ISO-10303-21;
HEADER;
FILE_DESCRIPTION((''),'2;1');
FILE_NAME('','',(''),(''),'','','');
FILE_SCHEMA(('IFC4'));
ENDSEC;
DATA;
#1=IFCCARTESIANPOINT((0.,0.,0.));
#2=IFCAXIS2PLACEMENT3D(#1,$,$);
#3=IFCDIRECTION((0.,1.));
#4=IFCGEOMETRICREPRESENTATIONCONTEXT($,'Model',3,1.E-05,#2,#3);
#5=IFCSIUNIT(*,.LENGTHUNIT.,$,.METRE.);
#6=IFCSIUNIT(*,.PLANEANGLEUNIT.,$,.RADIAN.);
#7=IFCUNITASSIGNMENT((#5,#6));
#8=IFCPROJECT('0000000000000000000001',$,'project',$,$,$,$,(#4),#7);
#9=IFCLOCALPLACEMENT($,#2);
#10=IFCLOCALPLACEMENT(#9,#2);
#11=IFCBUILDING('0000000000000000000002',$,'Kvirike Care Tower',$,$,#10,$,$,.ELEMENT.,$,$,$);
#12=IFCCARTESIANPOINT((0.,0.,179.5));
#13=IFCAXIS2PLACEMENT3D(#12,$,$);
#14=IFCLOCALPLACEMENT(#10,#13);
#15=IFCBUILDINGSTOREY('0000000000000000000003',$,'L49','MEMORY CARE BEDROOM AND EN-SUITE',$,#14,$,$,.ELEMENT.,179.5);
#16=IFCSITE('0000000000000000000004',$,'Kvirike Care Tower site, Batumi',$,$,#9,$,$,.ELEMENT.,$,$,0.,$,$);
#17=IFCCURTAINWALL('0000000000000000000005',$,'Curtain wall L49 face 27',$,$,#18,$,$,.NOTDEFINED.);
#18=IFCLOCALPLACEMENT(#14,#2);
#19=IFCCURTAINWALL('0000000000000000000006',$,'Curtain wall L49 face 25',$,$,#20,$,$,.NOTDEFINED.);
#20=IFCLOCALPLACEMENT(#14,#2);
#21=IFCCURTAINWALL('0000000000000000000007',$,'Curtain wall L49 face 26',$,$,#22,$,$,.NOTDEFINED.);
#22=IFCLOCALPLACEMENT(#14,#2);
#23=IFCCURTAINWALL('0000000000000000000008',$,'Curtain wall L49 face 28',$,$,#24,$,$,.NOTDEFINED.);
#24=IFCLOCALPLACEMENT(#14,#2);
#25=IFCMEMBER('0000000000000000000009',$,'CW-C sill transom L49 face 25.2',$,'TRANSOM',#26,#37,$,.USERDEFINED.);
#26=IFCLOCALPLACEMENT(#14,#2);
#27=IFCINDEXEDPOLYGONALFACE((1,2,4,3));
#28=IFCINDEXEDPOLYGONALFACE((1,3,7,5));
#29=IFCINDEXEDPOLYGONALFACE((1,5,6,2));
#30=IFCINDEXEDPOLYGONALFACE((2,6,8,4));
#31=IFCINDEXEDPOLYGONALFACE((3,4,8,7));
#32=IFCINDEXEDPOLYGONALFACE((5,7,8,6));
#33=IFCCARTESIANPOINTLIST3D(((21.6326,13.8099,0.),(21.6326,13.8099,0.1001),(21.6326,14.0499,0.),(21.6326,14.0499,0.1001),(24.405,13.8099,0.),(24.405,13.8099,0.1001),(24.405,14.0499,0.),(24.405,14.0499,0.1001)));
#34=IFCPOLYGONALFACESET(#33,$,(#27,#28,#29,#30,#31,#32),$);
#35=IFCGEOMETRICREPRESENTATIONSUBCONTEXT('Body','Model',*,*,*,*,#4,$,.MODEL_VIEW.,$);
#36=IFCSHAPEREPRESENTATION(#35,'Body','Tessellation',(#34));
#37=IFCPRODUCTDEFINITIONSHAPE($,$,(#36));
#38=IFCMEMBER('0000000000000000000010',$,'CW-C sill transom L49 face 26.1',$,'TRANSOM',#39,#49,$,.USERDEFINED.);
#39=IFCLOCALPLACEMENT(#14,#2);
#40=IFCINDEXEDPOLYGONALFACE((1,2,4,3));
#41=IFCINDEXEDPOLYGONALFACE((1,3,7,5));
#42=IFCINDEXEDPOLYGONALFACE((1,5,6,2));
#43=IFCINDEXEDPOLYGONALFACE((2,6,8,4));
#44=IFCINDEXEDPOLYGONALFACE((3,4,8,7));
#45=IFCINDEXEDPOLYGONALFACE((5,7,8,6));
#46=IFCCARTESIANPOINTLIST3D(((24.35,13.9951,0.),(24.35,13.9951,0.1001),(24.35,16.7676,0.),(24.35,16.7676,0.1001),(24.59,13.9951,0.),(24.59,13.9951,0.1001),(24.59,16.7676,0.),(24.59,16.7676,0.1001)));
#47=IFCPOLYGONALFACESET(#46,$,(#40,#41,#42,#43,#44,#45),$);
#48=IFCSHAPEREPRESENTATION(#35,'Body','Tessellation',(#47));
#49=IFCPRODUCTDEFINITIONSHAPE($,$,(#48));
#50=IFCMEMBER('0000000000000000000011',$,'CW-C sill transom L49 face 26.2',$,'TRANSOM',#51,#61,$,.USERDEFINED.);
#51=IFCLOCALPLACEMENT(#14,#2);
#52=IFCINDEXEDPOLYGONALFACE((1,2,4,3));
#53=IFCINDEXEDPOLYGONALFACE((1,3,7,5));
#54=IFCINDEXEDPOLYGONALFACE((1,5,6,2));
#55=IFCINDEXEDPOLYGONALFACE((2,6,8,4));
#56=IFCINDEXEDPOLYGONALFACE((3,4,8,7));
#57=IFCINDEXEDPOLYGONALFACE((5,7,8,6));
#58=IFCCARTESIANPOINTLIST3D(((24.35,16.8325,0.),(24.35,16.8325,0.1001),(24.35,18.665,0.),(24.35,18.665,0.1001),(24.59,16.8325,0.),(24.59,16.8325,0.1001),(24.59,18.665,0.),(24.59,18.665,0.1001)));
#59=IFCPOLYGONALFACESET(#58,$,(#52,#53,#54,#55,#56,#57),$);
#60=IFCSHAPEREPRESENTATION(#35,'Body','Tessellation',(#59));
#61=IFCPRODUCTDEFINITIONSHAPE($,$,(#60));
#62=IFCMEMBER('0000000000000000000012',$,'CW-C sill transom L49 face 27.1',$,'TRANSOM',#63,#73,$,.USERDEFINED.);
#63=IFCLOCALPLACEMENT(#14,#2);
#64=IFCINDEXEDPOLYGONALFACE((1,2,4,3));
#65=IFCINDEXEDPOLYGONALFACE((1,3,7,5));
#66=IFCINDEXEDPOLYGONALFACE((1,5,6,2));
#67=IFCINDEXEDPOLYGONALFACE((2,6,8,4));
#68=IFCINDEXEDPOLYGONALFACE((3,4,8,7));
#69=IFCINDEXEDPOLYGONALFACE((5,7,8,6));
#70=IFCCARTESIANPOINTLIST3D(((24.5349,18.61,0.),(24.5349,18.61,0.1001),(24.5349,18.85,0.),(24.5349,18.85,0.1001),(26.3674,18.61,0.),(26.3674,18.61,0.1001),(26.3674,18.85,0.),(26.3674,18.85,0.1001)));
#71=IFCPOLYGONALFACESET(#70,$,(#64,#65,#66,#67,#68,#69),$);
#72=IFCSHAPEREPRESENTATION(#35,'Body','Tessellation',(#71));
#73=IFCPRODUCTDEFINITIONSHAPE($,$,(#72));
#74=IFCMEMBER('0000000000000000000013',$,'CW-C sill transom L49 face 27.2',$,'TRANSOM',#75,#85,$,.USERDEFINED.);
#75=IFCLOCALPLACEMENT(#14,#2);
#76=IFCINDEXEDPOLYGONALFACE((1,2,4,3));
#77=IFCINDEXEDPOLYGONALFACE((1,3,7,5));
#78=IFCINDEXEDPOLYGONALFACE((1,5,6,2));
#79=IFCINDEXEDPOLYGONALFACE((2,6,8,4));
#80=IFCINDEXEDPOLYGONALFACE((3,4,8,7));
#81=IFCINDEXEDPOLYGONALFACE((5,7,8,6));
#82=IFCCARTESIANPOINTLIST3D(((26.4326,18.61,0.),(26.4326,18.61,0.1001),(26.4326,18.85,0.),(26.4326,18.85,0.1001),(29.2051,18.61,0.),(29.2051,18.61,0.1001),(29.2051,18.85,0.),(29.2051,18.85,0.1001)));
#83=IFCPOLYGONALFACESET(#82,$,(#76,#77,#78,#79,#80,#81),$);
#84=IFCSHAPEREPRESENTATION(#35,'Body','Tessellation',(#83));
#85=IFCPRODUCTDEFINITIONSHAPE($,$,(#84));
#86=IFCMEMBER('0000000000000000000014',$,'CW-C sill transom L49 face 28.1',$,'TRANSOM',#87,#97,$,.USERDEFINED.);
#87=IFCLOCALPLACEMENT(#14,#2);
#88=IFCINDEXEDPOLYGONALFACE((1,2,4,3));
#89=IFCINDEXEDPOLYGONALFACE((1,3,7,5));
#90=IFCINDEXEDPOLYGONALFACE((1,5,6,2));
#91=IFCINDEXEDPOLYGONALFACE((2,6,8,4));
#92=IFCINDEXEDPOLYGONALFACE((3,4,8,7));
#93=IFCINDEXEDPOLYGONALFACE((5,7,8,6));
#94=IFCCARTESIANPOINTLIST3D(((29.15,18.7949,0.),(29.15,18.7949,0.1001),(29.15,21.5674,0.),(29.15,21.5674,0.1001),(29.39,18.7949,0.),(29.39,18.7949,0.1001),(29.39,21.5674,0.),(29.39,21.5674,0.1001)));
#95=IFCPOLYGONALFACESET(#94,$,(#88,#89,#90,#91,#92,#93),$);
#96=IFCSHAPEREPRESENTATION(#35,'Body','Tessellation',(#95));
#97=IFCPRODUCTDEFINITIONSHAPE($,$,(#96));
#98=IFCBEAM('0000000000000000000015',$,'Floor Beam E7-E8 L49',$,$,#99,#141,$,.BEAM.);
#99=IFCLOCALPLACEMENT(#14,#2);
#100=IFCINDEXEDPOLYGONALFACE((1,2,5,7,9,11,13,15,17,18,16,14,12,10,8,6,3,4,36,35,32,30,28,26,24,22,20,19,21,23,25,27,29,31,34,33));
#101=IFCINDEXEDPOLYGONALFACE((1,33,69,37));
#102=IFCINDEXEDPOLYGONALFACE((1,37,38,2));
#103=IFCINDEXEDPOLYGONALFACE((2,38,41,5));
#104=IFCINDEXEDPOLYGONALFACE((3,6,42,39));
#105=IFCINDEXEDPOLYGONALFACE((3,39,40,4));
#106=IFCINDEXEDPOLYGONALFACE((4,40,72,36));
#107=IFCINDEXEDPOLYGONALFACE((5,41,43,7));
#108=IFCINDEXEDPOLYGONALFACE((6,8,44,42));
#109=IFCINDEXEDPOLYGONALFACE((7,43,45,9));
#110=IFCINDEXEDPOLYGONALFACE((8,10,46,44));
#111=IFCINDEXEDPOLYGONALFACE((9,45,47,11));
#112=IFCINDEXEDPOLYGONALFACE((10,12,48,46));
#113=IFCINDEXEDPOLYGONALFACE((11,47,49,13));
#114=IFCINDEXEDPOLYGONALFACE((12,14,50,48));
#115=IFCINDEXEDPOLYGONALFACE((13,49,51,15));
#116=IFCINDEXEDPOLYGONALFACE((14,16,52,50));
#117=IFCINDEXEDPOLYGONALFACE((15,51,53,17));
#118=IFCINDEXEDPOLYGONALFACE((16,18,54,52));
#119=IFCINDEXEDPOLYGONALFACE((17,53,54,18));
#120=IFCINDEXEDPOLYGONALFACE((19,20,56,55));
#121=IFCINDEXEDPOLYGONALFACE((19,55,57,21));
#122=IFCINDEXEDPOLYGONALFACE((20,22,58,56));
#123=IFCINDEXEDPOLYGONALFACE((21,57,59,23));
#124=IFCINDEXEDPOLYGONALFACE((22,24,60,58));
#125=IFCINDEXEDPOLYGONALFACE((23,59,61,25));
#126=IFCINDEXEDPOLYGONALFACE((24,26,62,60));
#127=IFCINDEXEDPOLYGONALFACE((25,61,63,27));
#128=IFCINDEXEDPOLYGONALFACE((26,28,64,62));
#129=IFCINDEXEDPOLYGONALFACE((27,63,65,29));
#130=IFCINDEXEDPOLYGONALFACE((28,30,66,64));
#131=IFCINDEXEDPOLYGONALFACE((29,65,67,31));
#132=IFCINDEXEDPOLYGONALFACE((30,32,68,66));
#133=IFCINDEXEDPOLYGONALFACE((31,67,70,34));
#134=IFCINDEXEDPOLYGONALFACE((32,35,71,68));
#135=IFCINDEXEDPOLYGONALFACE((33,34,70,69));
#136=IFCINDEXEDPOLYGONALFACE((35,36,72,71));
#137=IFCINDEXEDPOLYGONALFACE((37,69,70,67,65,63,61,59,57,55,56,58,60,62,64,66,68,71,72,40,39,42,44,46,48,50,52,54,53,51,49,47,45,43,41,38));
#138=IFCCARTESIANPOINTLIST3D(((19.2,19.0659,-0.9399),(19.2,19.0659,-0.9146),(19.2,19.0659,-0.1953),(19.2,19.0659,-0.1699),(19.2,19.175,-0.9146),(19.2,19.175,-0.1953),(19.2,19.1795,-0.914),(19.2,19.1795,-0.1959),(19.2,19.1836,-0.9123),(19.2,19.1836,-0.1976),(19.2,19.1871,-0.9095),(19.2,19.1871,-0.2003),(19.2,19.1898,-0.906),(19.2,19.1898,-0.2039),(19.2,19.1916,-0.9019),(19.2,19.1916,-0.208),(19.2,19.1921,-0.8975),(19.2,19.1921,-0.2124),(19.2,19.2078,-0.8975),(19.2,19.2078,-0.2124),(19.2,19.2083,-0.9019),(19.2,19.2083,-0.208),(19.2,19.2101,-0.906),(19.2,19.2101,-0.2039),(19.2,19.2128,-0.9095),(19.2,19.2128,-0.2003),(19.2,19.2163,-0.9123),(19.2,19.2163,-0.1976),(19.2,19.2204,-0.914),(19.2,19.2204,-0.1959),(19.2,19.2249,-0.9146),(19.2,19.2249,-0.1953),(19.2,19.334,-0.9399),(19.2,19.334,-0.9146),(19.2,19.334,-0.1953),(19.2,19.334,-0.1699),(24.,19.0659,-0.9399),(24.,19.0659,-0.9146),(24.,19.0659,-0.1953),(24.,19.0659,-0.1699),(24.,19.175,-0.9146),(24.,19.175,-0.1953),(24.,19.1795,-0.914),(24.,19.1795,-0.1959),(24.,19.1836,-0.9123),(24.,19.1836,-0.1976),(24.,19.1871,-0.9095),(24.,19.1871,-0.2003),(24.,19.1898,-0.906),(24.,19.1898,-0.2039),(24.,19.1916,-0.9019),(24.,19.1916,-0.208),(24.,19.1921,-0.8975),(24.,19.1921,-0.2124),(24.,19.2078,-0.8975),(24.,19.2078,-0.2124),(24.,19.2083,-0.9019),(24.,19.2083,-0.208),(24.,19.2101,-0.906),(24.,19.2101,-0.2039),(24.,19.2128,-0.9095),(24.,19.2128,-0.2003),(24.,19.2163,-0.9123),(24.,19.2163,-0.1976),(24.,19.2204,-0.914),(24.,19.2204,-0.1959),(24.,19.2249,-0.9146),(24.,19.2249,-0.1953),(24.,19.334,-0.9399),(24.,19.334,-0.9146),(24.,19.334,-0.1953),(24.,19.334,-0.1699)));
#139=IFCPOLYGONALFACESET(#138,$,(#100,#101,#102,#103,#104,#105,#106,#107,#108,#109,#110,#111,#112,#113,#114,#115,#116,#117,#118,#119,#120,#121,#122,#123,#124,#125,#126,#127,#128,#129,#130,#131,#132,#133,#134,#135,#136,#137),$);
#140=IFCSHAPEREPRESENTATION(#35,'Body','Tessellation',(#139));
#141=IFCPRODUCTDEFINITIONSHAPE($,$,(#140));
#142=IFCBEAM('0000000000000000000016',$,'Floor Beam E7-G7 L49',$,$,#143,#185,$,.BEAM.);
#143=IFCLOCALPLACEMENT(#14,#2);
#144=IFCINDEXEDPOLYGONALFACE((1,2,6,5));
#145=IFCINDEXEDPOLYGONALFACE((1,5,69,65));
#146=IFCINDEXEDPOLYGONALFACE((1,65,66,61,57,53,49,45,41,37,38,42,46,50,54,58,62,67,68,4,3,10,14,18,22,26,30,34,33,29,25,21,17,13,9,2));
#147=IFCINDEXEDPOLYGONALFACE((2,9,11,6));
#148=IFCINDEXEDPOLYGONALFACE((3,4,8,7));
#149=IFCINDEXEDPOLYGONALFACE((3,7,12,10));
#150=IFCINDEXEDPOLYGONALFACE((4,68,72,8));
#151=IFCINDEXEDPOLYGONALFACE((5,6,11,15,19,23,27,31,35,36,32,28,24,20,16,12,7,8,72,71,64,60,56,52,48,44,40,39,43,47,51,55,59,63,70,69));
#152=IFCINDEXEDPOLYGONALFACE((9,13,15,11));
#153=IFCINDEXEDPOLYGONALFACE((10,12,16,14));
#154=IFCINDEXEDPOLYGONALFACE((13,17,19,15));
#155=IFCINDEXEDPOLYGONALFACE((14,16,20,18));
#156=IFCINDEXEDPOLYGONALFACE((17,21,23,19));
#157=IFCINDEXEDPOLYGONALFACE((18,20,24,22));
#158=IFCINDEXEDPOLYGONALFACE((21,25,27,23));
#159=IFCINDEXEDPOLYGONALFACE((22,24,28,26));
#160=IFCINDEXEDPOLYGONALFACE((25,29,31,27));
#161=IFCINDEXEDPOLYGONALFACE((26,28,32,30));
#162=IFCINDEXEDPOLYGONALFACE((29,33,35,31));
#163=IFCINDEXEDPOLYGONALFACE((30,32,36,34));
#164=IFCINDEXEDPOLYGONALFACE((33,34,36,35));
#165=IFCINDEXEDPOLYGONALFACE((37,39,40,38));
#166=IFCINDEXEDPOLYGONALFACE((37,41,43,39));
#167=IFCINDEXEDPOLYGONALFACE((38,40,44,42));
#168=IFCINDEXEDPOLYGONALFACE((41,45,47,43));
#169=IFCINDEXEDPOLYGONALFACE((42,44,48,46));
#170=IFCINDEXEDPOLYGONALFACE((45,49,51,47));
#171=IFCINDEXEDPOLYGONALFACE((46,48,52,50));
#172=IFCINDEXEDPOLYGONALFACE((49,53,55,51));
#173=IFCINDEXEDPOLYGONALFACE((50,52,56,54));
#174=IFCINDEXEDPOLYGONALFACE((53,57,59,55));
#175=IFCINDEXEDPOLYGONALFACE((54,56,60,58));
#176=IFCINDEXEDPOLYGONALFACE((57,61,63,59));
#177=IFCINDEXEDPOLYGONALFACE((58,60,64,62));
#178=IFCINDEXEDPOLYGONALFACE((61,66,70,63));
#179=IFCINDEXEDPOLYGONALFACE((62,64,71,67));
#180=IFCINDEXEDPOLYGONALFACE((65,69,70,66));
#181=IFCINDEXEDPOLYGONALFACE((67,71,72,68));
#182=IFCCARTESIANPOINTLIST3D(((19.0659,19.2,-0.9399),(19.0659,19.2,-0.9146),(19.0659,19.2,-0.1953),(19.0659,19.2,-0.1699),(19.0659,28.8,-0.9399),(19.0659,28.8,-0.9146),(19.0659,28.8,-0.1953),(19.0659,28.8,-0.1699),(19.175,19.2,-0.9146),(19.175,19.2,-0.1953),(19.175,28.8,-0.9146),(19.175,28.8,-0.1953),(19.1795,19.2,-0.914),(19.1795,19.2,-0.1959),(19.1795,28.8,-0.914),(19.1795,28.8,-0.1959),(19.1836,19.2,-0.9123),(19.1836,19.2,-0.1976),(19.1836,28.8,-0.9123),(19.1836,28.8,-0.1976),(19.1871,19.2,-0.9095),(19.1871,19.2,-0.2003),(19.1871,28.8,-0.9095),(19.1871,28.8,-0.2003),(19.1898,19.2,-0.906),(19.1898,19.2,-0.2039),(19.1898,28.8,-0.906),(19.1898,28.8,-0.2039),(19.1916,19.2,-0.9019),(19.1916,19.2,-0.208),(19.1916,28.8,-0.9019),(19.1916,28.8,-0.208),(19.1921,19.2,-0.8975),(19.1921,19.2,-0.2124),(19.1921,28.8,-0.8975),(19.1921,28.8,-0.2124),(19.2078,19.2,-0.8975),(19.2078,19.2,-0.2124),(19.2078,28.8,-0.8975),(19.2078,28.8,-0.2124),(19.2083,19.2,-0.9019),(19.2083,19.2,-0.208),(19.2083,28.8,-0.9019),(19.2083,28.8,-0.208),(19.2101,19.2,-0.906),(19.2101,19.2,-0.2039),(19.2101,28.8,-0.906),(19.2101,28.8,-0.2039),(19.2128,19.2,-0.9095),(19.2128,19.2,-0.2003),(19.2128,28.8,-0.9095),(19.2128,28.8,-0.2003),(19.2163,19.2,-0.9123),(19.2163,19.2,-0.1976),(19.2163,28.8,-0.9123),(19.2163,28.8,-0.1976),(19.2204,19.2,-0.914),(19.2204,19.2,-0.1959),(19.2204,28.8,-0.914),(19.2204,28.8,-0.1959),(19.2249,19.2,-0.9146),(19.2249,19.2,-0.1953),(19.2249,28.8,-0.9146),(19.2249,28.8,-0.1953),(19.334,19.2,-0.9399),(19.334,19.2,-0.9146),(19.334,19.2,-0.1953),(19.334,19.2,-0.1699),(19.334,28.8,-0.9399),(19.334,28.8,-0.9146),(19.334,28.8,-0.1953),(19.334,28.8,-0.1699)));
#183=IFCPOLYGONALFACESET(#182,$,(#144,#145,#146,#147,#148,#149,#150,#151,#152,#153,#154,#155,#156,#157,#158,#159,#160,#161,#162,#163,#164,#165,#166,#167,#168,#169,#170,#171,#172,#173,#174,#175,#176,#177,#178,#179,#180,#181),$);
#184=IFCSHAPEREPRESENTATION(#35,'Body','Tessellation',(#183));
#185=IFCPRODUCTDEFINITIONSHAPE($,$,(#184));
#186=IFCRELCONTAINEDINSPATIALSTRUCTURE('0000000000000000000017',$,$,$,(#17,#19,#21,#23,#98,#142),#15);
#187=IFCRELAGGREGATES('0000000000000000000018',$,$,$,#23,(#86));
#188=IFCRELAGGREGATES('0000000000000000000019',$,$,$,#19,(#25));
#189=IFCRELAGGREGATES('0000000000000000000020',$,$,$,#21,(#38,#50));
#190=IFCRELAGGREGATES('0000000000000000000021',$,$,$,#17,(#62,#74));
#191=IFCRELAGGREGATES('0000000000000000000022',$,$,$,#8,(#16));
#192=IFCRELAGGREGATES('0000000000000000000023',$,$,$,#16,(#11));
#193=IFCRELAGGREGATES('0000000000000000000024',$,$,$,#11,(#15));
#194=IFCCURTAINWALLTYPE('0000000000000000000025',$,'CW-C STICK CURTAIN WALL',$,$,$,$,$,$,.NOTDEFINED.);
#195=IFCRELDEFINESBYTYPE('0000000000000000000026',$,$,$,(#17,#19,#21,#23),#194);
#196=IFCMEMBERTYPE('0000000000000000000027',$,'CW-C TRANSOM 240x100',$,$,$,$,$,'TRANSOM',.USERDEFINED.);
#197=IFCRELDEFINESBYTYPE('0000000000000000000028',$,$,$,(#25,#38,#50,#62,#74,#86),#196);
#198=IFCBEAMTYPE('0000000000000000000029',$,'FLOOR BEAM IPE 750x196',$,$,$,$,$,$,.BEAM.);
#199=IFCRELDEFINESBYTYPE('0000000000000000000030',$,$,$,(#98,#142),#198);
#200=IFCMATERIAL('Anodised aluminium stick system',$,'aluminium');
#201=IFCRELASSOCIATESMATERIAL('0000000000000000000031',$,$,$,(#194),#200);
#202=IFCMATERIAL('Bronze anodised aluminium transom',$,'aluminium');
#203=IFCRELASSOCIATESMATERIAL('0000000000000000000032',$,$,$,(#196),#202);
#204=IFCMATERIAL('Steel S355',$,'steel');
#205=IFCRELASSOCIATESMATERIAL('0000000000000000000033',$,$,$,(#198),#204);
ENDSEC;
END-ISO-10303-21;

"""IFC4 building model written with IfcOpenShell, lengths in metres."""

from ifc_helpers import new_model, si_unit, direction, frame, origin, origin_2d, place, context, subcontext, project, spatial, rectangle, i_section, extrude, material, material_profile, profile_set, type_object, element, aggregate, save


model = new_model("IFC4")

# Units and contexts
model_context = context("Model", 3, precision=1e-05, world=origin(), true_north=direction((0.0, 1.0)))
body_context = subcontext(model_context, "Body", "Model", "MODEL_VIEW")
ifc_project = project(units=[si_unit("LENGTHUNIT", "METRE"), si_unit("PLANEANGLEUNIT", "RADIAN")], contexts=[model_context])

# Site, building, storey
site_placement = place(None, origin())
site = spatial("IfcSite", under=ifc_project, at=site_placement, Name="Kvirike Care Tower site, Batumi", CompositionType="ELEMENT", RefElevation=0.0)
building_placement = place(site_placement, origin())
building = spatial("IfcBuilding", under=site, at=building_placement, Name="Kvirike Care Tower", CompositionType="ELEMENT")
storey_placement = place(building_placement, frame((0.0, 0.0, 179.5)))
storey = spatial("IfcBuildingStorey", under=building, at=storey_placement, Name="L49", Description="MEMORY CARE BEDROOM AND EN-SUITE", CompositionType="ELEMENT", Elevation=179.5)

# Curtain wall
ifc_material_1 = material(Name="Anodised aluminium stick system", Category="aluminium")
curtain_wall_type = type_object("IfcCurtainWallType", Name="CW-C STICK CURTAIN WALL", PredefinedType="NOTDEFINED", material=ifc_material_1)
curtain_wall_1_placement = place(storey_placement, origin())
curtain_wall_1 = element("IfcCurtainWall", 1, at=curtain_wall_1_placement, inside=storey, type_object=curtain_wall_type, Name="Curtain wall L49 face 27", PredefinedType="NOTDEFINED")

# Curtain walls
curtain_wall_2_placement = place(storey_placement, origin())
curtain_wall_2 = element("IfcCurtainWall", 2, at=curtain_wall_2_placement, inside=storey, type_object=curtain_wall_type, Name="Curtain wall L49 face 25", PredefinedType="NOTDEFINED")
curtain_wall_3_placement = place(storey_placement, origin())
curtain_wall_3 = element("IfcCurtainWall", 3, at=curtain_wall_3_placement, inside=storey, type_object=curtain_wall_type, Name="Curtain wall L49 face 26", PredefinedType="NOTDEFINED")

# Curtain wall
curtain_wall_4_placement = place(storey_placement, origin())
curtain_wall_4 = element("IfcCurtainWall", 4, at=curtain_wall_4_placement, inside=storey, type_object=curtain_wall_type, Name="Curtain wall L49 face 28", PredefinedType="NOTDEFINED")

# Members
ifc_material_2 = material(Name="Bronze anodised aluminium transom", Category="aluminium")
ifc_material_profile_1 = material_profile(ifc_material_2, rectangle(XDim=0.24, YDim=0.1001, at=origin_2d()), Name="CW-C TRANSOM 240x100")
ifc_profile_set_1 = profile_set([ifc_material_profile_1], Name="Bronze anodised aluminium transom")
member_type_1 = type_object("IfcMemberType", Name="CW-C TRANSOM 240x100", ElementType="TRANSOM", PredefinedType="USERDEFINED", material=ifc_profile_set_1)
member_1_placement = place(storey_placement, frame((21.6326, 13.9299, 0.05), z_axis=(1.0, 0.0, 0.0), x_axis=(0.0, 1.0, 0.0)))
member_1 = element("IfcMember", 5, at=member_1_placement, type_object=member_type_1, Name="CW-C sill transom L49 face 25.2", ObjectType="TRANSOM", PredefinedType="USERDEFINED", context=body_context, shape_type="SweptSolid", body=[
    extrude(rectangle(XDim=0.24, YDim=0.1001, at=origin_2d()), origin(), (0.0, 0.0, 1.0), 2.7725),
])
member_2_placement = place(storey_placement, frame((24.47, 13.9951, 0.05), z_axis=(0.0, 1.0, 0.0), x_axis=(-1.0, 0.0, 0.0)))
member_2 = element("IfcMember", 6, at=member_2_placement, type_object=member_type_1, Name="CW-C sill transom L49 face 26.1", ObjectType="TRANSOM", PredefinedType="USERDEFINED", context=body_context, shape_type="SweptSolid", body=[
    extrude(rectangle(XDim=0.24, YDim=0.1001, at=origin_2d()), origin(), (0.0, 0.0, 1.0), 2.7725),
])
member_3_placement = place(storey_placement, frame((24.47, 16.8325, 0.05), z_axis=(0.0, 1.0, 0.0), x_axis=(-1.0, 0.0, 0.0)))
member_3 = element("IfcMember", 7, at=member_3_placement, type_object=member_type_1, Name="CW-C sill transom L49 face 26.2", ObjectType="TRANSOM", PredefinedType="USERDEFINED", context=body_context, shape_type="SweptSolid", body=[
    extrude(rectangle(XDim=0.24, YDim=0.1001, at=origin_2d()), origin(), (0.0, 0.0, 1.0), 1.8325),
])
member_4_placement = place(storey_placement, frame((24.5349, 18.73, 0.05), z_axis=(1.0, 0.0, 0.0), x_axis=(0.0, 1.0, 0.0)))
member_4 = element("IfcMember", 8, at=member_4_placement, type_object=member_type_1, Name="CW-C sill transom L49 face 27.1", ObjectType="TRANSOM", PredefinedType="USERDEFINED", context=body_context, shape_type="SweptSolid", body=[
    extrude(rectangle(XDim=0.24, YDim=0.1001, at=origin_2d()), origin(), (0.0, 0.0, 1.0), 1.8325),
])
member_5_placement = place(storey_placement, frame((26.4326, 18.73, 0.05), z_axis=(1.0, 0.0, 0.0), x_axis=(0.0, 1.0, 0.0)))
member_5 = element("IfcMember", 9, at=member_5_placement, type_object=member_type_1, Name="CW-C sill transom L49 face 27.2", ObjectType="TRANSOM", PredefinedType="USERDEFINED", context=body_context, shape_type="SweptSolid", body=[
    extrude(rectangle(XDim=0.24, YDim=0.1001, at=origin_2d()), origin(), (0.0, 0.0, 1.0), 2.7725),
])
member_6_placement = place(storey_placement, frame((29.27, 18.7949, 0.05), z_axis=(0.0, 1.0, 0.0), x_axis=(-1.0, 0.0, 0.0)))
member_6 = element("IfcMember", 10, at=member_6_placement, type_object=member_type_1, Name="CW-C sill transom L49 face 28.1", ObjectType="TRANSOM", PredefinedType="USERDEFINED", context=body_context, shape_type="SweptSolid", body=[
    extrude(rectangle(XDim=0.24, YDim=0.1001, at=origin_2d()), origin(), (0.0, 0.0, 1.0), 2.7725),
])
aggregate(curtain_wall_4, [member_6])

# Beams
ifc_material_3 = material(Name="Steel S355", Category="steel")
ifc_material_profile_2 = material_profile(ifc_material_3, i_section(OverallWidth=0.2681, OverallDepth=0.77, WebThickness=0.0156, FlangeThickness=0.0254, FilletRadius=0.0171, at=origin_2d()), Name="IPE 750x196")
ifc_profile_set_2 = profile_set([ifc_material_profile_2], Name="Steel S355")
beam_type_1 = type_object("IfcBeamType", Name="FLOOR BEAM IPE 750x196", PredefinedType="BEAM", material=ifc_profile_set_2)
beam_1_placement = place(storey_placement, frame((19.2, 19.2, -0.5549), z_axis=(1.0, 0.0, 0.0), x_axis=(0.0, 1.0, 0.0)))
element("IfcBeam", 11, at=beam_1_placement, inside=storey, type_object=beam_type_1, Name="Floor Beam E7-E8 L49", PredefinedType="BEAM", context=body_context, shape_type="SweptSolid", body=[
    extrude(i_section(OverallWidth=0.2681, OverallDepth=0.77, WebThickness=0.0156, FlangeThickness=0.0254, FilletRadius=0.0171, at=origin_2d()), origin(), (0.0, 0.0, 1.0), 4.8),
])
beam_2_placement = place(storey_placement, frame((19.2, 19.2, -0.5549), z_axis=(0.0, 1.0, 0.0), x_axis=(-1.0, 0.0, 0.0)))
element("IfcBeam", 12, at=beam_2_placement, inside=storey, type_object=beam_type_1, Name="Floor Beam E7-G7 L49", PredefinedType="BEAM", context=body_context, shape_type="SweptSolid", body=[
    extrude(i_section(OverallWidth=0.2681, OverallDepth=0.77, WebThickness=0.0156, FlangeThickness=0.0254, FilletRadius=0.0171, at=origin_2d()), origin(), (0.0, 0.0, 1.0), 9.6001),
])

aggregate(curtain_wall_2, [member_1])
aggregate(curtain_wall_3, [member_2, member_3])
aggregate(curtain_wall_1, [member_4, member_5])

save(model, "model.ifc")
